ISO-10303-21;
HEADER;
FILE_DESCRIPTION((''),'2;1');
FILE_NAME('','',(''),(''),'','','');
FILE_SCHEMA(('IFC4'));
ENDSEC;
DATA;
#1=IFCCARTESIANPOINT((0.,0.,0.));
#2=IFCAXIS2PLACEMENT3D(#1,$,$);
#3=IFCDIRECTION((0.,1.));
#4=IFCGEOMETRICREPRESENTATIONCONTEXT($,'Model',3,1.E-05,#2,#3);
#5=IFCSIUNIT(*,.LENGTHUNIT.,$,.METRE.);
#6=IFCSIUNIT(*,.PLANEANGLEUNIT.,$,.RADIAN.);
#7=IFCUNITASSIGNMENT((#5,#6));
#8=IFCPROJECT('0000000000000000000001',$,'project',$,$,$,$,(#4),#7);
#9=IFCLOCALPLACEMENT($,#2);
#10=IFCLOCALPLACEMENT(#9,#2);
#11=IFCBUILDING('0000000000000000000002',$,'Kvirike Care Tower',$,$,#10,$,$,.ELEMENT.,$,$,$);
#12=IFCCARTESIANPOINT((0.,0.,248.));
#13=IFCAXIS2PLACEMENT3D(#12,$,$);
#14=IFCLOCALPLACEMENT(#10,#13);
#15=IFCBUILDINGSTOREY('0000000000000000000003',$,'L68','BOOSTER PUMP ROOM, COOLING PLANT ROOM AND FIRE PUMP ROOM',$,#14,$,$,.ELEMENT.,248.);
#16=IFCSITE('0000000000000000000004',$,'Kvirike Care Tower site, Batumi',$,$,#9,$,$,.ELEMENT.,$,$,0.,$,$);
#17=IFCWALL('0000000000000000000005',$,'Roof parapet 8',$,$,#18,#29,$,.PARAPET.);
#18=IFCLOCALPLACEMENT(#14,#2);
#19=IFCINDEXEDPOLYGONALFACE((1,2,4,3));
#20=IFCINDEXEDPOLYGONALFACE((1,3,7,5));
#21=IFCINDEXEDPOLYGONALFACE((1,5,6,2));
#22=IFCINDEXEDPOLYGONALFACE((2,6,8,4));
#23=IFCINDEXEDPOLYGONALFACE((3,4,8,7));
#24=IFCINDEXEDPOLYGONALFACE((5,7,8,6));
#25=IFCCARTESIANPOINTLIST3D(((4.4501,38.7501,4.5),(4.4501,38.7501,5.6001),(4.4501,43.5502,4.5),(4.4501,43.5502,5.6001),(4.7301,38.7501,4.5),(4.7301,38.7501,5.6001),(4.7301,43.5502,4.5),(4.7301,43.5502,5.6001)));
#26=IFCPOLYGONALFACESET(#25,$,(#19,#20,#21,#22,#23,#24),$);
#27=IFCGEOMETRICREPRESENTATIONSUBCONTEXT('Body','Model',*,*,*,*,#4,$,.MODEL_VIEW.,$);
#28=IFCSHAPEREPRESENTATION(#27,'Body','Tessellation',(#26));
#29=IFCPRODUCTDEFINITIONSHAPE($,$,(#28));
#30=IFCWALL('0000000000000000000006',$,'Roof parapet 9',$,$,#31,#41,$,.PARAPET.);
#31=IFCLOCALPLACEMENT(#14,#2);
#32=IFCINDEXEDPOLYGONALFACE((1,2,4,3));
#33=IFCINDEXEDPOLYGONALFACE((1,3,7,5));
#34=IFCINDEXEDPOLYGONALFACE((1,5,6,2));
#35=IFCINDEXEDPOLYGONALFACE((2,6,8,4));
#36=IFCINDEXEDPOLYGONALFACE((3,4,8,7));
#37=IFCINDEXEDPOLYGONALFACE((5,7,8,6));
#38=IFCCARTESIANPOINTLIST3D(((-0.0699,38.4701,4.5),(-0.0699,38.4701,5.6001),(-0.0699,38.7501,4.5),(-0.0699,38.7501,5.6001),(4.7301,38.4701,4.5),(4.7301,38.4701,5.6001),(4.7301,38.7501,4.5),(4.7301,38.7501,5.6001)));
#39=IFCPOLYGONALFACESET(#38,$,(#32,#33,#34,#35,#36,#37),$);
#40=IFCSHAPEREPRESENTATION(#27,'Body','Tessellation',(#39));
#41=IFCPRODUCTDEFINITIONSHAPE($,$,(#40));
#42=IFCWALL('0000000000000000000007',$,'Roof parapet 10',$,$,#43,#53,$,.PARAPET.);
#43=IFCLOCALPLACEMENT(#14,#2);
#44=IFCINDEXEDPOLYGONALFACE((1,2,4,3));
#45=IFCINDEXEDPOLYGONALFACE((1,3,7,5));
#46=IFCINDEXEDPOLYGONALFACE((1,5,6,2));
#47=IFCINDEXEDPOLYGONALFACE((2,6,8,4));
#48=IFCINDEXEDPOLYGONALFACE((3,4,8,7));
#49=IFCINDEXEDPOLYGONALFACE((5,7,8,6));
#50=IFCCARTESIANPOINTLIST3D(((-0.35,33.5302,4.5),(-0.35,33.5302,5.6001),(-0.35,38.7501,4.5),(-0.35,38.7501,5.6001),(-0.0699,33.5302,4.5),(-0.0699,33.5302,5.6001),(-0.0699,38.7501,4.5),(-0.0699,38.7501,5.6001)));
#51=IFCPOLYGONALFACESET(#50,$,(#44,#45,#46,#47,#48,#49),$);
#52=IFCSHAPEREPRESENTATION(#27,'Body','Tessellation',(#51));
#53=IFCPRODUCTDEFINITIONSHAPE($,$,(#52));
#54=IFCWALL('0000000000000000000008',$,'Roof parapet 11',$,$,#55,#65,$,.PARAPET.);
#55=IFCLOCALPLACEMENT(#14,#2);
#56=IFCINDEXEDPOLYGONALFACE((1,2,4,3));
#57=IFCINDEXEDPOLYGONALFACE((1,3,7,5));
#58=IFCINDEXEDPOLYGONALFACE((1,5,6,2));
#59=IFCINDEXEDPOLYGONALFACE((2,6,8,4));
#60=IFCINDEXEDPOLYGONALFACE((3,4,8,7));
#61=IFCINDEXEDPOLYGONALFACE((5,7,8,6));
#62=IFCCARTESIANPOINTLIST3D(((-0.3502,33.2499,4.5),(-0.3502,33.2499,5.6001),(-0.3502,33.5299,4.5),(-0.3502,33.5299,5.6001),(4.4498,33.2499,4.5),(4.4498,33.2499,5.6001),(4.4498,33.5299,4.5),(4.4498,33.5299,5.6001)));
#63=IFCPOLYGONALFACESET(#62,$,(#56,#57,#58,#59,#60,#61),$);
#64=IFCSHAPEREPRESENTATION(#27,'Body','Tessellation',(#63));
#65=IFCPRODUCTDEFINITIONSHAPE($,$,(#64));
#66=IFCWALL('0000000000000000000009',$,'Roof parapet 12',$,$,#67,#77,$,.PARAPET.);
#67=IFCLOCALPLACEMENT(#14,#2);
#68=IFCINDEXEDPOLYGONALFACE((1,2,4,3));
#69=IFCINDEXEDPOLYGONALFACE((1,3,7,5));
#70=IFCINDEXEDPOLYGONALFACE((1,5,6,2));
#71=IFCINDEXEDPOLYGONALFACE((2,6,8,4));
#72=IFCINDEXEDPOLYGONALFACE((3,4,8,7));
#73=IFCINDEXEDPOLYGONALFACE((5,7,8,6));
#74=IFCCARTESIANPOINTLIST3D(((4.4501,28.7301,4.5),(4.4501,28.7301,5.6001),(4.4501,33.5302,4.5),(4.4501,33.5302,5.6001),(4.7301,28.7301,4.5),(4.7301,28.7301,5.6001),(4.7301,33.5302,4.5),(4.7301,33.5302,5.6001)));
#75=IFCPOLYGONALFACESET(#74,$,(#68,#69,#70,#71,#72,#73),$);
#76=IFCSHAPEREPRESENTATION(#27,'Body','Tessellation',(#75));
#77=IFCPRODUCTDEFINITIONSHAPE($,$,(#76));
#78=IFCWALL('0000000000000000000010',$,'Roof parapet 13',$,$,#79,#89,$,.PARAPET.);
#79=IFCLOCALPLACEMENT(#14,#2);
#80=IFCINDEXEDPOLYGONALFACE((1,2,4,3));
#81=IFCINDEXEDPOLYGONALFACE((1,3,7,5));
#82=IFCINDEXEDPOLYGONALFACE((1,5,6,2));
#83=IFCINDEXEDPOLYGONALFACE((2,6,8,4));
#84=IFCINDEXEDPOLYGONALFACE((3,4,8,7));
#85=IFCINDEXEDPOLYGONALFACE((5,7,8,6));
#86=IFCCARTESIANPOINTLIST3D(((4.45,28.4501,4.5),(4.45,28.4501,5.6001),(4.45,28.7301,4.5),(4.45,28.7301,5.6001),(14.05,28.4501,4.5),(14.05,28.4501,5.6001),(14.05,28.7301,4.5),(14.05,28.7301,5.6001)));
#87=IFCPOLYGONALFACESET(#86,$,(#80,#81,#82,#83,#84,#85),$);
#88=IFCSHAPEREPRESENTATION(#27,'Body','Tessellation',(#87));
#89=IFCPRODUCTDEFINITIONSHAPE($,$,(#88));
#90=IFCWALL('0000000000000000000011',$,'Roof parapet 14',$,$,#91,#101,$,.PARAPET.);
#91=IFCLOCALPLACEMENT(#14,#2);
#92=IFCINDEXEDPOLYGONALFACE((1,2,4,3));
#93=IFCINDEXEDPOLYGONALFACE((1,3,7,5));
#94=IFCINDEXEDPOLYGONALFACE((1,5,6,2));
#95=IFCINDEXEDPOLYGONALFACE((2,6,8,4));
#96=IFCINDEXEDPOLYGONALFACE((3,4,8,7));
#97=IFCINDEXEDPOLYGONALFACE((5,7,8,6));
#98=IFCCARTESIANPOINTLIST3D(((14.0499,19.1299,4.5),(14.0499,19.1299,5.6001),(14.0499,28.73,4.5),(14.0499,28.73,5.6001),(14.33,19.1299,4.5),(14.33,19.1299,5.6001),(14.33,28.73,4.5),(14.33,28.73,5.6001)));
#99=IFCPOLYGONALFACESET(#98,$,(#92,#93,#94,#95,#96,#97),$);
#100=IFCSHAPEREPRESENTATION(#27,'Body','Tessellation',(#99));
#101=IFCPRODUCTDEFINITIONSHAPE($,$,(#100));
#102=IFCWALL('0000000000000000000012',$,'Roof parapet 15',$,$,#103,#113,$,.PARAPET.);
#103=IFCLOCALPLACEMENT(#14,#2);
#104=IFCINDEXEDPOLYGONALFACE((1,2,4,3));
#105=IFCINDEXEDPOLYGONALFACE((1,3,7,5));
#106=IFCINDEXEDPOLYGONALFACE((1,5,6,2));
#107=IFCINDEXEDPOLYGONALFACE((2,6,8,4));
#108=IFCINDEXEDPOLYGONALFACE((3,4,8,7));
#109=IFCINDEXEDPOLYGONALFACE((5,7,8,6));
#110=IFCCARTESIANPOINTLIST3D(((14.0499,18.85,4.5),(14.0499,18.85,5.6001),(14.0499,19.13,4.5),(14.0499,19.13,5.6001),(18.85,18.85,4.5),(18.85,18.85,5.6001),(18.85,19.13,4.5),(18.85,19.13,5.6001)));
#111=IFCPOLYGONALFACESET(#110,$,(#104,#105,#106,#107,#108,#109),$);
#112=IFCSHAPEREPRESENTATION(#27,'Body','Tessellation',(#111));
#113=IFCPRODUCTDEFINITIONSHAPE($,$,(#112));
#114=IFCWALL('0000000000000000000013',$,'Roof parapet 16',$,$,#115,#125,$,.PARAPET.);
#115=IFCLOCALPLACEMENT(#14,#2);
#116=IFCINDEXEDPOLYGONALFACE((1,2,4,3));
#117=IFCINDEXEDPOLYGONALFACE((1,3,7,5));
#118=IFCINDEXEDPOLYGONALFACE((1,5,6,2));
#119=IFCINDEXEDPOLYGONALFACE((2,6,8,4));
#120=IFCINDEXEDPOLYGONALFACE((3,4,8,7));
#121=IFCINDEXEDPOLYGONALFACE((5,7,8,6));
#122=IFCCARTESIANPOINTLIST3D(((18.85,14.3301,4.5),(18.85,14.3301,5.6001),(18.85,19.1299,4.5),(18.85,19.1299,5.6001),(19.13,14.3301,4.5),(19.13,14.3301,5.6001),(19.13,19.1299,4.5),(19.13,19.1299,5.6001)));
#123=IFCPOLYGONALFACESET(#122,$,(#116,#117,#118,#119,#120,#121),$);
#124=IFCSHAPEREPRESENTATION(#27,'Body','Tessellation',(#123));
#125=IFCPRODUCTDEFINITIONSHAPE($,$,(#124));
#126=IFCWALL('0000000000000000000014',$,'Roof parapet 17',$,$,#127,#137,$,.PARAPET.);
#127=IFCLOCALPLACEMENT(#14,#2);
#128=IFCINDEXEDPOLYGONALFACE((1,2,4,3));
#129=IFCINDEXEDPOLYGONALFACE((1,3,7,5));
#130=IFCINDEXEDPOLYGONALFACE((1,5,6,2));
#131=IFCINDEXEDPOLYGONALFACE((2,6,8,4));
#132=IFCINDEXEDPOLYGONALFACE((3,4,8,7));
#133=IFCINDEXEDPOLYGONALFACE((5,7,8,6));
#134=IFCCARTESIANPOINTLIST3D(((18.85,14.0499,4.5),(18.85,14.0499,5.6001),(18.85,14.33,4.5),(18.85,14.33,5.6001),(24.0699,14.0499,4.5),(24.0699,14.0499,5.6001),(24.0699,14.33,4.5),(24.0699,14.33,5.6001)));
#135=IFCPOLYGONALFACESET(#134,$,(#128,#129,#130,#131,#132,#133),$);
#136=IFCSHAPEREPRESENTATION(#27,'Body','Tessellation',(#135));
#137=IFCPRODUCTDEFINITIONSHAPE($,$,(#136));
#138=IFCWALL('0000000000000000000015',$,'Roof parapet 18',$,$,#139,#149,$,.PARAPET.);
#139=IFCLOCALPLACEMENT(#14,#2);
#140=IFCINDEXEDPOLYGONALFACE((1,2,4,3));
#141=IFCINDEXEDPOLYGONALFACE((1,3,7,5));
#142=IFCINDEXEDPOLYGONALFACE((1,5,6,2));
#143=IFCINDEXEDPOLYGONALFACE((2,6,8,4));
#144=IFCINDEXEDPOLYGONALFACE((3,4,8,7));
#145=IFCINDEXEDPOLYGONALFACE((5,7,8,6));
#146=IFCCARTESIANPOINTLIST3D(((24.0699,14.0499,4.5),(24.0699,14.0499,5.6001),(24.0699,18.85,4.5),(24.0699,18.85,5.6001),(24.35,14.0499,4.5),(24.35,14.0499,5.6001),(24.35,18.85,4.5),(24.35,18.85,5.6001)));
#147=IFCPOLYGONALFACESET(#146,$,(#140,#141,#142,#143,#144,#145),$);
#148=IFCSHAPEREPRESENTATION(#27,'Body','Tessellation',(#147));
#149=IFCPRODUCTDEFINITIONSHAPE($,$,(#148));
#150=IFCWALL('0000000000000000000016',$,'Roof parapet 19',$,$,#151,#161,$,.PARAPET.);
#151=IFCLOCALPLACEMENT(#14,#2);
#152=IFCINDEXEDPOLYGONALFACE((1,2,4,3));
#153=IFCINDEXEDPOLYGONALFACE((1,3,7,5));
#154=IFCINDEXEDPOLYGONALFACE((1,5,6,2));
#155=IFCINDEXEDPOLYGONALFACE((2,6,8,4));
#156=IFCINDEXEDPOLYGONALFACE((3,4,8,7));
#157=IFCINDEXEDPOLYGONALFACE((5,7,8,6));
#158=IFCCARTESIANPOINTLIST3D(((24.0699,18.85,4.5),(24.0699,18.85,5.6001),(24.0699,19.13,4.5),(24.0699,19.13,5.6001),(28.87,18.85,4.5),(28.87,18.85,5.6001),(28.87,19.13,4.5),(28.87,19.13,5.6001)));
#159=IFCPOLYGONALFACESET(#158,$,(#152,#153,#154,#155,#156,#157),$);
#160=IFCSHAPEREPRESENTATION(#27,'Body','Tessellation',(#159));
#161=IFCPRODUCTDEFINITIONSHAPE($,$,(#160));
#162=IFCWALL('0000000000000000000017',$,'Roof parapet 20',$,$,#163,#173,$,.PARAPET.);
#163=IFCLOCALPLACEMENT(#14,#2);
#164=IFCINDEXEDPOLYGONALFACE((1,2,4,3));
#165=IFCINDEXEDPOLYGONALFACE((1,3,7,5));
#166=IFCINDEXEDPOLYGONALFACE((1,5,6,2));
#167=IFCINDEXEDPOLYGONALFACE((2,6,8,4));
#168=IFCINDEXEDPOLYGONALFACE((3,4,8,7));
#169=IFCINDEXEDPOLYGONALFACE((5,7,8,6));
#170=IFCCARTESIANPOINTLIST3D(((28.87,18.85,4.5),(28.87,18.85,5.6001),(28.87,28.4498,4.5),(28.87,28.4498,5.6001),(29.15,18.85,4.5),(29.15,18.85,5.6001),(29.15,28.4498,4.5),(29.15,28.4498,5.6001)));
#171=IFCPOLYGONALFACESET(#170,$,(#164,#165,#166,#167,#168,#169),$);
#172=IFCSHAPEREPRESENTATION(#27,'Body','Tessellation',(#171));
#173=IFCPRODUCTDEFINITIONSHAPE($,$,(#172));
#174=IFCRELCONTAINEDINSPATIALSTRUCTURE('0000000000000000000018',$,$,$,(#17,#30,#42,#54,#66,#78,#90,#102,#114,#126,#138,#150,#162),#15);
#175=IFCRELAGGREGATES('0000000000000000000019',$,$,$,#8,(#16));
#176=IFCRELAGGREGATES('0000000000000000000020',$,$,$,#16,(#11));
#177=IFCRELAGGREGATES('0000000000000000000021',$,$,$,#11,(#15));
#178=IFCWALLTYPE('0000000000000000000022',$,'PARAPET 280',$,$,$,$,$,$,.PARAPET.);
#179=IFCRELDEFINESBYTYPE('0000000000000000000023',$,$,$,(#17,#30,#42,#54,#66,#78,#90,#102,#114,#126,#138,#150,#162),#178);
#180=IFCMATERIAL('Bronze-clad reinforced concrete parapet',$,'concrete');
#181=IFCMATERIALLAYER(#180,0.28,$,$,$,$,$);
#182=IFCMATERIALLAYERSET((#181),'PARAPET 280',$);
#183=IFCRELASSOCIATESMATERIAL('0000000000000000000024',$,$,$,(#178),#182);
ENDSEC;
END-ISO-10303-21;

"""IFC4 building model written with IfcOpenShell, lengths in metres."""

from ifc_helpers import new_model, si_unit, direction, frame, frame_2d, origin, place, context, subcontext, project, spatial, rectangle, extrude, material, layer, layer_set, type_object, element, save


model = new_model("IFC4")

# Units and contexts
model_context = context("Model", 3, precision=1e-05, world=origin(), true_north=direction((0.0, 1.0)))
body_context = subcontext(model_context, "Body", "Model", "MODEL_VIEW")
ifc_project = project(units=[si_unit("LENGTHUNIT", "METRE"), si_unit("PLANEANGLEUNIT", "RADIAN")], contexts=[model_context])

# Site, building, storey
site_placement = place(None, origin())
site = spatial("IfcSite", under=ifc_project, at=site_placement, Name="Kvirike Care Tower site, Batumi", CompositionType="ELEMENT", RefElevation=0.0)
building_placement = place(site_placement, origin())
building = spatial("IfcBuilding", under=site, at=building_placement, Name="Kvirike Care Tower", CompositionType="ELEMENT")
storey_placement = place(building_placement, frame((0.0, 0.0, 248.0)))
storey = spatial("IfcBuildingStorey", under=building, at=storey_placement, Name="L68", Description="BOOSTER PUMP ROOM, COOLING PLANT ROOM AND FIRE PUMP ROOM", CompositionType="ELEMENT", Elevation=248.0)

# Walls
ifc_material_1 = material(Name="Bronze-clad reinforced concrete parapet", Category="concrete")
ifc_layer_1 = layer(ifc_material_1, 0.28)
ifc_layer_set_1 = layer_set([ifc_layer_1], Name="PARAPET 280")
wall_type = type_object("IfcWallType", Name="PARAPET 280", PredefinedType="PARAPET", material=ifc_layer_set_1)
for number, where, z_axis, x_axis, name in (
    (1, (4.5901, 43.55, 4.5), (0.0, 0.0, 1.0), (0.0, -1.0, 0.0), "Roof parapet 8"),
    (2, (4.73, 38.6101, 4.5), (0.0, 0.0, 1.0), (-1.0, 0.0, 0.0), "Roof parapet 9"),
):
    element("IfcWall", number, at=place(storey_placement, frame(where, z_axis=z_axis, x_axis=x_axis)), inside=storey, type_object=wall_type, Name=name, PredefinedType="PARAPET", context=body_context, shape_type="SweptSolid", body=[
        extrude(rectangle(XDim=4.8, YDim=0.28, at=frame_2d((2.3999, 0.0))), origin(), (0.0, 0.0, 1.0), 1.1001),
    ])
wall_1_placement = place(storey_placement, frame((-0.21, 38.75, 4.5), z_axis=(0.0, 0.0, 1.0), x_axis=(0.0, -1.0, 0.0)))
element("IfcWall", 3, at=wall_1_placement, inside=storey, type_object=wall_type, Name="Roof parapet 10", PredefinedType="PARAPET", context=body_context, shape_type="SweptSolid", body=[
    extrude(rectangle(XDim=5.22, YDim=0.28, at=frame_2d((2.6099, 0.0))), origin(), (0.0, 0.0, 1.0), 1.1001),
])
for number, where, z_axis, x_axis, name in (
    (4, (-0.3501, 33.3899, 4.5), (0.0, 0.0, 1.0), (1.0, 0.0, 0.0), "Roof parapet 11"),
    (5, (4.5901, 33.53, 4.5), (0.0, 0.0, 1.0), (0.0, -1.0, 0.0), "Roof parapet 12"),
):
    element("IfcWall", number, at=place(storey_placement, frame(where, z_axis=z_axis, x_axis=x_axis)), inside=storey, type_object=wall_type, Name=name, PredefinedType="PARAPET", context=body_context, shape_type="SweptSolid", body=[
        extrude(rectangle(XDim=4.8, YDim=0.28, at=frame_2d((2.3999, 0.0))), origin(), (0.0, 0.0, 1.0), 1.1001),
    ])
for number, where, z_axis, x_axis, name in (
    (6, (4.45, 28.5901, 4.5), (0.0, 0.0, 1.0), (1.0, 0.0, 0.0), "Roof parapet 13"),
    (7, (14.1899, 28.73, 4.5), (0.0, 0.0, 1.0), (0.0, -1.0, 0.0), "Roof parapet 14"),
):
    element("IfcWall", number, at=place(storey_placement, frame(where, z_axis=z_axis, x_axis=x_axis)), inside=storey, type_object=wall_type, Name=name, PredefinedType="PARAPET", context=body_context, shape_type="SweptSolid", body=[
        extrude(rectangle(XDim=9.6001, YDim=0.28, at=frame_2d((4.8, 0.0))), origin(), (0.0, 0.0, 1.0), 1.1001),
    ])
wall_2_placement = place(storey_placement, frame((14.05, 18.99, 4.5), z_axis=(0.0, 0.0, 1.0), x_axis=(1.0, 0.0, 0.0)))
element("IfcWall", 8, at=wall_2_placement, inside=storey, type_object=wall_type, Name="Roof parapet 15", PredefinedType="PARAPET", context=body_context, shape_type="SweptSolid", body=[
    extrude(rectangle(XDim=4.8, YDim=0.28, at=frame_2d((2.3999, 0.0))), origin(), (0.0, 0.0, 1.0), 1.1001),
])
wall_3_placement = place(storey_placement, frame((18.99, 19.1299, 4.5), z_axis=(0.0, 0.0, 1.0), x_axis=(0.0, -1.0, 0.0)))
element("IfcWall", 9, at=wall_3_placement, inside=storey, type_object=wall_type, Name="Roof parapet 16", PredefinedType="PARAPET", context=body_context, shape_type="SweptSolid", body=[
    extrude(rectangle(XDim=4.7998, YDim=0.28, at=frame_2d((2.3999, 0.0))), origin(), (0.0, 0.0, 1.0), 1.1001),
])
wall_4_placement = place(storey_placement, frame((18.8501, 14.1899, 4.5), z_axis=(0.0, 0.0, 1.0), x_axis=(1.0, 0.0, 0.0)))
element("IfcWall", 10, at=wall_4_placement, inside=storey, type_object=wall_type, Name="Roof parapet 17", PredefinedType="PARAPET", context=body_context, shape_type="SweptSolid", body=[
    extrude(rectangle(XDim=5.22, YDim=0.28, at=frame_2d((2.6099, 0.0))), origin(), (0.0, 0.0, 1.0), 1.1001),
])
for number, where, z_axis, x_axis, name in (
    (11, (24.21, 14.05, 4.5), (0.0, 0.0, 1.0), (0.0, 1.0, 0.0), "Roof parapet 18"),
    (12, (24.0701, 18.99, 4.5), (0.0, 0.0, 1.0), (1.0, 0.0, 0.0), "Roof parapet 19"),
):
    element("IfcWall", number, at=place(storey_placement, frame(where, z_axis=z_axis, x_axis=x_axis)), inside=storey, type_object=wall_type, Name=name, PredefinedType="PARAPET", context=body_context, shape_type="SweptSolid", body=[
        extrude(rectangle(XDim=4.8, YDim=0.28, at=frame_2d((2.3999, 0.0))), origin(), (0.0, 0.0, 1.0), 1.1001),
    ])
wall_5_placement = place(storey_placement, frame((29.01, 18.8501, 4.5), z_axis=(0.0, 0.0, 1.0), x_axis=(0.0, 1.0, 0.0)))
element("IfcWall", 13, at=wall_5_placement, inside=storey, type_object=wall_type, Name="Roof parapet 20", PredefinedType="PARAPET", context=body_context, shape_type="SweptSolid", body=[
    extrude(rectangle(XDim=9.5999, YDim=0.28, at=frame_2d((4.7998, 0.0))), origin(), (0.0, 0.0, 1.0), 1.1001),
])

save(model, "model.ifc")
